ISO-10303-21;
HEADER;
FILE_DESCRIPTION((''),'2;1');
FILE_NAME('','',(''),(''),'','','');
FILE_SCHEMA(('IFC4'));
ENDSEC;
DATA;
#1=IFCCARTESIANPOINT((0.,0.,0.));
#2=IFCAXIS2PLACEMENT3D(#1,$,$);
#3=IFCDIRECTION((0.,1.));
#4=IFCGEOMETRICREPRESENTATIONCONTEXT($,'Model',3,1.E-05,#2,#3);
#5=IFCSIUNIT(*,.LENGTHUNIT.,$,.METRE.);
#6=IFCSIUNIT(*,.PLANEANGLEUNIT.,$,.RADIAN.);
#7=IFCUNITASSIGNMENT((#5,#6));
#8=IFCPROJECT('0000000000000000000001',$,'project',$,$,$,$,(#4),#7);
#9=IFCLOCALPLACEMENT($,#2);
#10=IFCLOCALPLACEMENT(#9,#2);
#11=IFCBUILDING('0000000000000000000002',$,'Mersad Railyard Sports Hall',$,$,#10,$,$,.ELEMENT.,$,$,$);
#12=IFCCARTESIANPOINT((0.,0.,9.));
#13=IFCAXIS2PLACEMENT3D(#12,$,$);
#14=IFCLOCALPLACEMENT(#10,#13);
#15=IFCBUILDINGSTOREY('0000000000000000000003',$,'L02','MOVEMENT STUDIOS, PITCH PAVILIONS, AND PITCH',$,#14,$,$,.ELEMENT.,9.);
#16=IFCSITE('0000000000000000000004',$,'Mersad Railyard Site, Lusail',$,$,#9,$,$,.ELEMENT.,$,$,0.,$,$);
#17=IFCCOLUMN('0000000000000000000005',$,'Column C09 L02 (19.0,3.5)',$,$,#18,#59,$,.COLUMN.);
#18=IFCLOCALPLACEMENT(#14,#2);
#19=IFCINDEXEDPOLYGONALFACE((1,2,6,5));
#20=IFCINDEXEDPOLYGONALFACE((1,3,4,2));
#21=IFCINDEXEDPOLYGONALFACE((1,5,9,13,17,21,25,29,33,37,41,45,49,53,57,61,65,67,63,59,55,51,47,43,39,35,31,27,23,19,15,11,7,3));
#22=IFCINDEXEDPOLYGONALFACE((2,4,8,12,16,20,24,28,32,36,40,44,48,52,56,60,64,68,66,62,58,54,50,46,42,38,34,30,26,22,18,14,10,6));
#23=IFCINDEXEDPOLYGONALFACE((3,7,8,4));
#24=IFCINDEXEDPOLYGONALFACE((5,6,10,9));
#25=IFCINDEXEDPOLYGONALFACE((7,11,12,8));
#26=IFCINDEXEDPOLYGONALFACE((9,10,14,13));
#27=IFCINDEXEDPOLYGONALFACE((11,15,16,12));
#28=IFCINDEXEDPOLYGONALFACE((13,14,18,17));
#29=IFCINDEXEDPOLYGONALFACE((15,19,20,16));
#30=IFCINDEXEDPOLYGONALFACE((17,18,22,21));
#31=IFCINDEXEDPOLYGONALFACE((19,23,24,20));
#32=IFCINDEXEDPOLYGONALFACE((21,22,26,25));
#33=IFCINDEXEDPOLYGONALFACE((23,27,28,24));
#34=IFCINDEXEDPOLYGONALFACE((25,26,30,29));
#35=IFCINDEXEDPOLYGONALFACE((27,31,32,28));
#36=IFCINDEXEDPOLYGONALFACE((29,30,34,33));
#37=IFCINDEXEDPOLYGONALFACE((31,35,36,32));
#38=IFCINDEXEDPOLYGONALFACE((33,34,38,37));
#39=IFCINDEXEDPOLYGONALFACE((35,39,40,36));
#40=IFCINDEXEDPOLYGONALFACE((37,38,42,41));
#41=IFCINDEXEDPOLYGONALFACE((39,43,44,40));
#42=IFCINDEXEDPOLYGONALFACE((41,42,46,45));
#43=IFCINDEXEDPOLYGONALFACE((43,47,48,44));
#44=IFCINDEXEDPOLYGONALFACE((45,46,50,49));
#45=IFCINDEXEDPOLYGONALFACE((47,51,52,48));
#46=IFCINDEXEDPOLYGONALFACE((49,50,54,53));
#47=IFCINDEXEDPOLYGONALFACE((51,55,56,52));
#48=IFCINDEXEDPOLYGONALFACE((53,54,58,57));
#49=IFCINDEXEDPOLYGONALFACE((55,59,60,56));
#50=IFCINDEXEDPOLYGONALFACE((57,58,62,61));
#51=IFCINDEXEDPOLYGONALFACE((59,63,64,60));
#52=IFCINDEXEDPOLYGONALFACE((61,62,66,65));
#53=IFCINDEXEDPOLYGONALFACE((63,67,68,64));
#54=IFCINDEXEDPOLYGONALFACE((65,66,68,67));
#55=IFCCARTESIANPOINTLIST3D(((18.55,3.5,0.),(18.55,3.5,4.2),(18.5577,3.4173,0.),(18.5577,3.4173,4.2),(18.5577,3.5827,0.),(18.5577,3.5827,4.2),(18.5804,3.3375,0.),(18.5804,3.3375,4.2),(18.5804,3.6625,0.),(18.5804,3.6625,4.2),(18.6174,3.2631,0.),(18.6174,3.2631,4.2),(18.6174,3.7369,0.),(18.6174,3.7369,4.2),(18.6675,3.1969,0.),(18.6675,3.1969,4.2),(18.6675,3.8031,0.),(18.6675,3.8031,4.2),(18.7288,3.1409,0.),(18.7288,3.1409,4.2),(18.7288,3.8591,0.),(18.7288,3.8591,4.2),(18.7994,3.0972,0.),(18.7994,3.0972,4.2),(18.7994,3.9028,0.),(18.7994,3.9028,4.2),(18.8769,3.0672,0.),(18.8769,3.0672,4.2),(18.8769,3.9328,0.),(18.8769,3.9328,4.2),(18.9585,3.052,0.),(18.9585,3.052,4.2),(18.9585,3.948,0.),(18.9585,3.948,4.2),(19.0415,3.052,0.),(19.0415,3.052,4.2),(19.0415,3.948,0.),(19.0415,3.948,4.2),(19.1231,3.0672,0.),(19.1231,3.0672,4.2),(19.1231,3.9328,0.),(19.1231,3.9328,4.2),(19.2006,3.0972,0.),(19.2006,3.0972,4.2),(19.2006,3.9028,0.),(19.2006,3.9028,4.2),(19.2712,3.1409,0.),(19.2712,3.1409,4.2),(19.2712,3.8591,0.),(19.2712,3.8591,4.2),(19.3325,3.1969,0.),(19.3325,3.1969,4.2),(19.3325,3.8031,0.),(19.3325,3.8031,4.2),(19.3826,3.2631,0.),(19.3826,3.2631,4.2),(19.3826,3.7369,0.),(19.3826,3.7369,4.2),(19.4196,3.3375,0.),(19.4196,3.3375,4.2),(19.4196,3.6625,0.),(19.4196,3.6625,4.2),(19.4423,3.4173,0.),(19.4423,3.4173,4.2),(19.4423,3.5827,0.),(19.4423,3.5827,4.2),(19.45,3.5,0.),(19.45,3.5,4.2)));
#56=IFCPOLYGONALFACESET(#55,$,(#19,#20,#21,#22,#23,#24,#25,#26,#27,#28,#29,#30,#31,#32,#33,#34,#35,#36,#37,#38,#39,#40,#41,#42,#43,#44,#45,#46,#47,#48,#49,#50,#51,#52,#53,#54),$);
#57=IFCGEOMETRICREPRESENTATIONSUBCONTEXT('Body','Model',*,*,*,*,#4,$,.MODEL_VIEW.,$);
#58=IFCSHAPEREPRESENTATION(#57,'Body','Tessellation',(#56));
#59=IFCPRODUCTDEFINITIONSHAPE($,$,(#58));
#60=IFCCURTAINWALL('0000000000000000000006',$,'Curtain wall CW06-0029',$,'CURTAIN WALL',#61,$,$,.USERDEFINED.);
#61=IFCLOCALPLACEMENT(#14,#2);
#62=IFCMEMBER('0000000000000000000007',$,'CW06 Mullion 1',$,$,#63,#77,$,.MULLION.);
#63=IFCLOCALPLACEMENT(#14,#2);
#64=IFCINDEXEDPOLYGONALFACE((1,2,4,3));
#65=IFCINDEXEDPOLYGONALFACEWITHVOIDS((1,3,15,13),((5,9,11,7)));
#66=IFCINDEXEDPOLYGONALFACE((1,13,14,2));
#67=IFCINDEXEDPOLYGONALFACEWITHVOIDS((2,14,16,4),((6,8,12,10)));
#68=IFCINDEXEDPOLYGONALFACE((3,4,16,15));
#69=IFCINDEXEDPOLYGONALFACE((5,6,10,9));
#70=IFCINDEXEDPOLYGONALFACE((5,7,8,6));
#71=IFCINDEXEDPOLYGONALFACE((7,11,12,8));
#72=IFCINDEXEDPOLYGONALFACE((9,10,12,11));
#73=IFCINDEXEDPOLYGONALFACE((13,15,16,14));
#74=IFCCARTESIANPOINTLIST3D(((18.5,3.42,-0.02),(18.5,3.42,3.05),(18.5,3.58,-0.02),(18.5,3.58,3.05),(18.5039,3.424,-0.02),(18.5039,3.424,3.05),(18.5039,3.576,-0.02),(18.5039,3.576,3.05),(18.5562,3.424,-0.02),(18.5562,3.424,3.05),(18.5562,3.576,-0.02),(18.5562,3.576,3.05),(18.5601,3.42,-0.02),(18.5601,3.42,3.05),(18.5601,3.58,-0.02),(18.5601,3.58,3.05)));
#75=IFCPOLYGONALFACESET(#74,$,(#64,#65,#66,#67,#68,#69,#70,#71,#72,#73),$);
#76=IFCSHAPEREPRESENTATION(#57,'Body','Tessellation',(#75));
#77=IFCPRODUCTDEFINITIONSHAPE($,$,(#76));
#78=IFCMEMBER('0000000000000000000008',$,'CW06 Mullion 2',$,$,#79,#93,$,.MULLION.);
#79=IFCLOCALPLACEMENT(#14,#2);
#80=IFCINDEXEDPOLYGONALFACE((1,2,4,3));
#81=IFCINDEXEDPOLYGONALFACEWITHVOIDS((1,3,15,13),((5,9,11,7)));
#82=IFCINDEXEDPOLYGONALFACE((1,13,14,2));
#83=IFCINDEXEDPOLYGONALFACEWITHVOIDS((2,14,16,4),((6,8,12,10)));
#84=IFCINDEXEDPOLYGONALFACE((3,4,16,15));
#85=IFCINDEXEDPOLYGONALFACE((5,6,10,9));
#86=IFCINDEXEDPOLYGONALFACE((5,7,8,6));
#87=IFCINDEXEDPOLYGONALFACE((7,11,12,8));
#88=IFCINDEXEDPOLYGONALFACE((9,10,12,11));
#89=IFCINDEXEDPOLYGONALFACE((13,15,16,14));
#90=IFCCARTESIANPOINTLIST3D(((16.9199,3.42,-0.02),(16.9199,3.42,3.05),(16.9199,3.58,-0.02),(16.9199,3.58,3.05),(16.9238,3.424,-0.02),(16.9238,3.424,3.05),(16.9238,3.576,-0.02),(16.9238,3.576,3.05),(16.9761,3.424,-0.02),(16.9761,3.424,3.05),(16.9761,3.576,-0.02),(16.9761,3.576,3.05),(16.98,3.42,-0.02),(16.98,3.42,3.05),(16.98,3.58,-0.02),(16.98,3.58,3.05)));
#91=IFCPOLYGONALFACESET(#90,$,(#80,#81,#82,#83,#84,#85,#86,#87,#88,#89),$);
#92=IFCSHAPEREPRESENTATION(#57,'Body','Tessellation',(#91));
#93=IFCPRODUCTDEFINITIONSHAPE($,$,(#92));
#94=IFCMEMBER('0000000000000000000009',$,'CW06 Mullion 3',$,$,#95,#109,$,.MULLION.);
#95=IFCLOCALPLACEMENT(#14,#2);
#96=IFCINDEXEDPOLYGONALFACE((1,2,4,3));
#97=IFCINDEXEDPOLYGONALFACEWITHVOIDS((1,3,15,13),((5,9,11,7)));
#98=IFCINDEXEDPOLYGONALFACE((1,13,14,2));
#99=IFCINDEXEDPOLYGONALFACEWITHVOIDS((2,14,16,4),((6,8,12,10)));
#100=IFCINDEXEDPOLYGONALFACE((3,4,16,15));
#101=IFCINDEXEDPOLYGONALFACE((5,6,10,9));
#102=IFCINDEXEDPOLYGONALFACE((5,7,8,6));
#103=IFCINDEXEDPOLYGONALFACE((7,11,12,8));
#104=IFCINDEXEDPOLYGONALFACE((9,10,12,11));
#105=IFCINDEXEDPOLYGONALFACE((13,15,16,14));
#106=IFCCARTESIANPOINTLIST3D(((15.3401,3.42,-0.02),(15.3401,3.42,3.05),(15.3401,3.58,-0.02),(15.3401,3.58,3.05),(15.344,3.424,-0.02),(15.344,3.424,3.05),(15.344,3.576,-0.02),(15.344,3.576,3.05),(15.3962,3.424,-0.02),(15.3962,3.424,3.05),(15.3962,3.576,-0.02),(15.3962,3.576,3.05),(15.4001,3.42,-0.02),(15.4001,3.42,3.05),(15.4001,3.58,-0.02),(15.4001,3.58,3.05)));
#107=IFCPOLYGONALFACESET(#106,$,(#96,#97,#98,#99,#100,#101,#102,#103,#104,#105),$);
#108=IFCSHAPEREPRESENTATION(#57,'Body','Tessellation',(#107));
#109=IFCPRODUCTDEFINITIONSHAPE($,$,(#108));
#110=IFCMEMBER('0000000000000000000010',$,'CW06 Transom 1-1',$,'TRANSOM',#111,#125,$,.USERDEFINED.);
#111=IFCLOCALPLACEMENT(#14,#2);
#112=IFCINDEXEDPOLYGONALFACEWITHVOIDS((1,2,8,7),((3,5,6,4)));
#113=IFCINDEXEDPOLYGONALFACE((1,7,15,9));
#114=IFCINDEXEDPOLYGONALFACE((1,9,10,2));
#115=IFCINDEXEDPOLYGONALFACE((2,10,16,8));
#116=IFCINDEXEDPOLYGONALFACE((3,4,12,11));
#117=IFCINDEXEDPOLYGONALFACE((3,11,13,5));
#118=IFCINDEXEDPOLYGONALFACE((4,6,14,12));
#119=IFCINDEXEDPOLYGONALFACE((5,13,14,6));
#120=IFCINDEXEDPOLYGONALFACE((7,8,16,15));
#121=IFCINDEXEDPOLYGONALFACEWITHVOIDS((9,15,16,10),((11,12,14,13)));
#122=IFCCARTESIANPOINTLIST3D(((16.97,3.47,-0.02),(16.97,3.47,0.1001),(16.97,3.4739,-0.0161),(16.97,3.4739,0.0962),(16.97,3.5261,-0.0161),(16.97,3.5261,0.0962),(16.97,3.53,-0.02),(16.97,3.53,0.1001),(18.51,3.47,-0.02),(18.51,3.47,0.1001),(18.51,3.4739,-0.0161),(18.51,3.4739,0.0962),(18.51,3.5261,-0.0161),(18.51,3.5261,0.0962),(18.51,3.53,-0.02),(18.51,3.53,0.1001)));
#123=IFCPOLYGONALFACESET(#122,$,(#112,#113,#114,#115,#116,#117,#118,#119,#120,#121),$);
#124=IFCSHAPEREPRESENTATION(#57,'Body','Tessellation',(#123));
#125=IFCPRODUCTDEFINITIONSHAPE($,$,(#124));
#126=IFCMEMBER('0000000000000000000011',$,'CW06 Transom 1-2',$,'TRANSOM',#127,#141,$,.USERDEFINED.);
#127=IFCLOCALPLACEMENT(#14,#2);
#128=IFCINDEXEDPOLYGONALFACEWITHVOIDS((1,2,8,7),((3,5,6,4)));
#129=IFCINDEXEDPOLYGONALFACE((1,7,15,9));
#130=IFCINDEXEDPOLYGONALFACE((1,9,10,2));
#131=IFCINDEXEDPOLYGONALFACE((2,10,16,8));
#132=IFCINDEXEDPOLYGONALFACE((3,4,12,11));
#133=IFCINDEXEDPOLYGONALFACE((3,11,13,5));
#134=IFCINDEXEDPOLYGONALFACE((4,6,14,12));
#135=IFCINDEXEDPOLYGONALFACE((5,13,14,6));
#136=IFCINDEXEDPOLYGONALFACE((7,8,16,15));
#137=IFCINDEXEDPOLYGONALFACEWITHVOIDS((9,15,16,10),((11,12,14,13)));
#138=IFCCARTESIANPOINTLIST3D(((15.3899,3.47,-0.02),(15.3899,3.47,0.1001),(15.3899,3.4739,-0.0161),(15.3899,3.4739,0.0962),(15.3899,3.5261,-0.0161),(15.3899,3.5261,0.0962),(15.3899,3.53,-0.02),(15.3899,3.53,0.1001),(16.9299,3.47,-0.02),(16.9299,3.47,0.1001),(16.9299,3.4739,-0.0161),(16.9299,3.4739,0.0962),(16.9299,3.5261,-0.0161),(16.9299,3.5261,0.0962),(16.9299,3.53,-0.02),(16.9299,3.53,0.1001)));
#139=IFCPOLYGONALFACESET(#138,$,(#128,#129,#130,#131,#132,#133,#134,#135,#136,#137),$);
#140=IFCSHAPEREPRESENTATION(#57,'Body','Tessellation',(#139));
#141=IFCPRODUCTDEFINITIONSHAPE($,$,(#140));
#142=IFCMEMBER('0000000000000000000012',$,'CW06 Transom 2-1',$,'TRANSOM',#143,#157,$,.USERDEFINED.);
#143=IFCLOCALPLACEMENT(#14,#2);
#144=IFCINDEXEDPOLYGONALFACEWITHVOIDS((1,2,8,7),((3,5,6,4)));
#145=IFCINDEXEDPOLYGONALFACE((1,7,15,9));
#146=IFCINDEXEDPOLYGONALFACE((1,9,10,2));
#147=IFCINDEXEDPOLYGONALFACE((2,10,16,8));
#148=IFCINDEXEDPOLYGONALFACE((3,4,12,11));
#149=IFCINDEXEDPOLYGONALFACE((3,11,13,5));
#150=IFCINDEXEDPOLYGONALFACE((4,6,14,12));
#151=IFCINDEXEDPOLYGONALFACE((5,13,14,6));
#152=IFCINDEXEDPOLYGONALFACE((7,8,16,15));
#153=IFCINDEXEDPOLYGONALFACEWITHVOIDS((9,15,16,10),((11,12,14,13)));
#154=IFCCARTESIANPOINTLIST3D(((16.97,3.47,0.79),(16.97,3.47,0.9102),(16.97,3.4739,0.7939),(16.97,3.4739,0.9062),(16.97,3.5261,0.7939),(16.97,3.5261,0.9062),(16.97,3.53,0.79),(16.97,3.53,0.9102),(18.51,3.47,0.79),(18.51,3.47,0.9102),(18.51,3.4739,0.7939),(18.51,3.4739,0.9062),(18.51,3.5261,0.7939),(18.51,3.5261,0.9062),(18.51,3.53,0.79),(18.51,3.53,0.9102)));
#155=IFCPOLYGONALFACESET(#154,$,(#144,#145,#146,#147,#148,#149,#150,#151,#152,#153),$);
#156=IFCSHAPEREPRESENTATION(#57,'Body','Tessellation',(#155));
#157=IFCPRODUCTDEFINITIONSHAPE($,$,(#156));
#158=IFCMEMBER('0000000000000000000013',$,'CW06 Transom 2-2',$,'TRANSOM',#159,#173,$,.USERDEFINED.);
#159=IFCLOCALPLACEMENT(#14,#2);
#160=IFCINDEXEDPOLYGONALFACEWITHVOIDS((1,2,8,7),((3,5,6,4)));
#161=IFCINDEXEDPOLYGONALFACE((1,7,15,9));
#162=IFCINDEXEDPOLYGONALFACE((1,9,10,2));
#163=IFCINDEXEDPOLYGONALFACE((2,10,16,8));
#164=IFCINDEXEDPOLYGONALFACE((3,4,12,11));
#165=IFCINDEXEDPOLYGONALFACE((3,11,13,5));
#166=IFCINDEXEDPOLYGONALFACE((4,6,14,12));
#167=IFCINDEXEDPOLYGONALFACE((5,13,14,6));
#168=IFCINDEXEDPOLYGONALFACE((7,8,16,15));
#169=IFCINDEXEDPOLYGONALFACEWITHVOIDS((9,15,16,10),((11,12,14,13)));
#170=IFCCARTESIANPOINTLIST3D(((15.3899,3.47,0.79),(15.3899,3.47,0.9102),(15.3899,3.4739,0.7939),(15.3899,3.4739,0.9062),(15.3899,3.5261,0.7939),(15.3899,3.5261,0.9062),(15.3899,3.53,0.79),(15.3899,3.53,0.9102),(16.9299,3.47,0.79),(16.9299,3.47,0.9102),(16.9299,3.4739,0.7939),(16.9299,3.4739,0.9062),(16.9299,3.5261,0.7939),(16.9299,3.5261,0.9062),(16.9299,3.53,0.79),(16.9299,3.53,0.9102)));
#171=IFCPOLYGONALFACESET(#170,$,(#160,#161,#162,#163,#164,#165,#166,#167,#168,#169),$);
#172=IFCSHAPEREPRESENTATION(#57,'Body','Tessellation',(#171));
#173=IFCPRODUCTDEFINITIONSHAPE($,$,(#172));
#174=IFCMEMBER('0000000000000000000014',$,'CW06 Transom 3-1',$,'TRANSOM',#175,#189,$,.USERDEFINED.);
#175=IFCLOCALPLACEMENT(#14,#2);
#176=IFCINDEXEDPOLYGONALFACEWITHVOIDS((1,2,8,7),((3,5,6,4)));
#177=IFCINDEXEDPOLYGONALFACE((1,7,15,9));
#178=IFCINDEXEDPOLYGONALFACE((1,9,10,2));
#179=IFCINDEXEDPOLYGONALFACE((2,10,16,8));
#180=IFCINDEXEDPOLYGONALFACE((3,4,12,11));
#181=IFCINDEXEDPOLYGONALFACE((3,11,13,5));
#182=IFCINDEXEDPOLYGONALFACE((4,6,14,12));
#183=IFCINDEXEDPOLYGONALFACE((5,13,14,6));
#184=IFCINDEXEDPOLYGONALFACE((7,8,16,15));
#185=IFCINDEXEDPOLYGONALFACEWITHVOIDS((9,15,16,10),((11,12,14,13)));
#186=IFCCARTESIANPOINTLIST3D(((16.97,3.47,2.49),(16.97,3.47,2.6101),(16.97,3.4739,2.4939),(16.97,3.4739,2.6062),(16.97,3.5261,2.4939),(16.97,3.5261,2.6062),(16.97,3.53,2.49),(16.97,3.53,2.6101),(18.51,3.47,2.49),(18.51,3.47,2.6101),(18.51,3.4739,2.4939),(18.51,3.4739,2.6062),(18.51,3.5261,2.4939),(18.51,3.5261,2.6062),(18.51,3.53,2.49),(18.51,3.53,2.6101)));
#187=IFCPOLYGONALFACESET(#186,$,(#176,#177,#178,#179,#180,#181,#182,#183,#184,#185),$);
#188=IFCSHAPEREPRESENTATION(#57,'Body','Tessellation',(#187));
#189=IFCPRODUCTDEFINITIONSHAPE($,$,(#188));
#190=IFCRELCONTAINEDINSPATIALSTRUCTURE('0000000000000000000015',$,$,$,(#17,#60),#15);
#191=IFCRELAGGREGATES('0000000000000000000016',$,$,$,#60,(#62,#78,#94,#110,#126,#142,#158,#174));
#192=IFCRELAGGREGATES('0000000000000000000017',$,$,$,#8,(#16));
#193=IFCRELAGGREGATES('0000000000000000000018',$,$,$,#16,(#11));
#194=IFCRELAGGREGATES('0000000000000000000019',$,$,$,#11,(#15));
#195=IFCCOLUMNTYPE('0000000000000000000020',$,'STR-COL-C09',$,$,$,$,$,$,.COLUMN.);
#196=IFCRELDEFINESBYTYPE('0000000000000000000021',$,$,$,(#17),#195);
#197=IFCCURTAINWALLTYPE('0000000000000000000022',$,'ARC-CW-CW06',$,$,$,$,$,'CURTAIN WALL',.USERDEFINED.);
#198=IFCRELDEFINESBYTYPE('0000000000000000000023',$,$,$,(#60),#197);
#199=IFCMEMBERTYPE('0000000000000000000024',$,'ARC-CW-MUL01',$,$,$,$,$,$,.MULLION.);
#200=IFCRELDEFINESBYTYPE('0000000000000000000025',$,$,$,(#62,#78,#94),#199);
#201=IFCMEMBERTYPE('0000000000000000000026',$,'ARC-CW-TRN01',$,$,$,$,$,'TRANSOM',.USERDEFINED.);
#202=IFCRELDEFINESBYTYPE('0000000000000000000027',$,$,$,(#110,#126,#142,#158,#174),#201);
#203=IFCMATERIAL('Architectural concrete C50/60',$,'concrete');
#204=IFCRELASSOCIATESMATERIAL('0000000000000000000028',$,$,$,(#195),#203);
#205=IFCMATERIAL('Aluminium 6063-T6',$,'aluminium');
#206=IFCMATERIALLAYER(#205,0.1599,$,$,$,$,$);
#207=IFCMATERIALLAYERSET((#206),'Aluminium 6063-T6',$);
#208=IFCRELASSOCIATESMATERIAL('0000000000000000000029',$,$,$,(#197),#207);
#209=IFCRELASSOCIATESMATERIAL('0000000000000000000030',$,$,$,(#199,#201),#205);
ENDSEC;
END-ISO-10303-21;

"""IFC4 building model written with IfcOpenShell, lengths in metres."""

from ifc_helpers import new_model, si_unit, direction, frame, origin, origin_2d, place, context, subcontext, project, spatial, hollow_rectangle, circle, extrude, material, layer, layer_set, material_profile, profile_set, type_object, element, aggregate, save


model = new_model("IFC4")

# Units and contexts
model_context = context("Model", 3, precision=1e-05, world=origin(), true_north=direction((0.0, 1.0)))
body_context = subcontext(model_context, "Body", "Model", "MODEL_VIEW")
ifc_project = project(units=[si_unit("LENGTHUNIT", "METRE"), si_unit("PLANEANGLEUNIT", "RADIAN")], contexts=[model_context])

# Site, building, storey
site_placement = place(None, origin())
site = spatial("IfcSite", under=ifc_project, at=site_placement, Name="Mersad Railyard Site, Lusail", CompositionType="ELEMENT", RefElevation=0.0)
building_placement = place(site_placement, origin())
building = spatial("IfcBuilding", under=site, at=building_placement, Name="Mersad Railyard Sports Hall", CompositionType="ELEMENT")
storey_placement = place(building_placement, frame((0.0, 0.0, 9.0)))
storey = spatial("IfcBuildingStorey", under=building, at=storey_placement, Name="L02", Description="MOVEMENT STUDIOS, PITCH PAVILIONS, AND PITCH", CompositionType="ELEMENT", Elevation=9.0)

# Column
ifc_material_1 = material(Name="Architectural concrete C50/60", Category="concrete")
ifc_material_profile_1 = material_profile(ifc_material_1, circle(Radius=0.45, at=origin_2d()), Name="RC D900")
ifc_profile_set_1 = profile_set([ifc_material_profile_1], Name="Architectural concrete C50/60")
column_type = type_object("IfcColumnType", Name="STR-COL-C09", PredefinedType="COLUMN", material=ifc_profile_set_1)
column_placement = place(storey_placement, frame((19.0, 3.5, 0.0), z_axis=(0.0, 0.0, 1.0), x_axis=(1.0, 0.0, 0.0)))
element("IfcColumn", 1, at=column_placement, inside=storey, type_object=column_type, Name="Column C09 L02 (19.0,3.5)", PredefinedType="COLUMN", context=body_context, shape_type="SweptSolid", body=[
    extrude(circle(Radius=0.45, at=origin_2d()), origin(), (0.0, 0.0, 1.0), 4.2),
])

# Curtain wall, members
ifc_material_2 = material(Name="Aluminium 6063-T6", Category="aluminium")
ifc_layer_1 = layer(ifc_material_2, 0.1599)
ifc_layer_set_1 = layer_set([ifc_layer_1], Name="Aluminium 6063-T6")
curtain_wall_type = type_object("IfcCurtainWallType", Name="ARC-CW-CW06", ElementType="CURTAIN WALL", PredefinedType="USERDEFINED", material=ifc_layer_set_1)
curtain_wall_placement = place(storey_placement, origin())
curtain_wall = element("IfcCurtainWall", 2, at=curtain_wall_placement, inside=storey, type_object=curtain_wall_type, Name="Curtain wall CW06-0029", ObjectType="CURTAIN WALL", PredefinedType="USERDEFINED")
ifc_material_profile_2 = material_profile(ifc_material_2, hollow_rectangle(XDim=0.0601, YDim=0.1599, WallThickness=0.0039, at=origin_2d()), Name="AL MULLION 60x160x4")
ifc_profile_set_2 = profile_set([ifc_material_profile_2], Name="Aluminium 6063-T6")
member_type_1 = type_object("IfcMemberType", Name="ARC-CW-MUL01", PredefinedType="MULLION", material=ifc_profile_set_2)
member_1_placement = place(storey_placement, frame((18.53, 3.5, -0.02), z_axis=(0.0, 0.0, 1.0), x_axis=(1.0, 0.0, 0.0)))
member_1 = element("IfcMember", 3, at=member_1_placement, type_object=member_type_1, Name="CW06 Mullion 1", PredefinedType="MULLION", context=body_context, shape_type="SweptSolid", body=[
    extrude(hollow_rectangle(XDim=0.0601, YDim=0.1599, WallThickness=0.0039, at=origin_2d()), origin(), (0.0, 0.0, 1.0), 3.0701),
])
member_2_placement = place(storey_placement, frame((16.95, 3.5, -0.02), z_axis=(0.0, 0.0, 1.0), x_axis=(1.0, 0.0, 0.0)))
member_2 = element("IfcMember", 4, at=member_2_placement, type_object=member_type_1, Name="CW06 Mullion 2", PredefinedType="MULLION", context=body_context, shape_type="SweptSolid", body=[
    extrude(hollow_rectangle(XDim=0.0601, YDim=0.1599, WallThickness=0.0039, at=origin_2d()), origin(), (0.0, 0.0, 1.0), 3.0701),
])
member_3_placement = place(storey_placement, frame((15.3701, 3.5, -0.02), z_axis=(0.0, 0.0, 1.0), x_axis=(1.0, 0.0, 0.0)))
member_3 = element("IfcMember", 5, at=member_3_placement, type_object=member_type_1, Name="CW06 Mullion 3", PredefinedType="MULLION", context=body_context, shape_type="SweptSolid", body=[
    extrude(hollow_rectangle(XDim=0.0601, YDim=0.1599, WallThickness=0.0039, at=origin_2d()), origin(), (0.0, 0.0, 1.0), 3.0701),
])
ifc_material_profile_3 = material_profile(ifc_material_2, hollow_rectangle(XDim=0.0601, YDim=0.1201, WallThickness=0.0039, at=origin_2d()), Name="AL TRANSOM 60x120x4")
ifc_profile_set_3 = profile_set([ifc_material_profile_3], Name="Aluminium 6063-T6")
member_type_2 = type_object("IfcMemberType", Name="ARC-CW-TRN01", ElementType="TRANSOM", PredefinedType="USERDEFINED", material=ifc_profile_set_3)
member_4_placement = place(storey_placement, frame((18.51, 3.5, 0.04), z_axis=(-1.0, 0.0, 0.0), x_axis=(0.0, -1.0, 0.0)))
member_4 = element("IfcMember", 6, at=member_4_placement, type_object=member_type_2, Name="CW06 Transom 1-1", ObjectType="TRANSOM", PredefinedType="USERDEFINED", context=body_context, shape_type="SweptSolid", body=[
    extrude(hollow_rectangle(XDim=0.0601, YDim=0.1201, WallThickness=0.0039, at=origin_2d()), origin(), (0.0, 0.0, 1.0), 1.54),
])
member_5_placement = place(storey_placement, frame((16.9299, 3.5, 0.04), z_axis=(-1.0, 0.0, 0.0), x_axis=(0.0, -1.0, 0.0)))
member_5 = element("IfcMember", 7, at=member_5_placement, type_object=member_type_2, Name="CW06 Transom 1-2", ObjectType="TRANSOM", PredefinedType="USERDEFINED", context=body_context, shape_type="SweptSolid", body=[
    extrude(hollow_rectangle(XDim=0.0601, YDim=0.1201, WallThickness=0.0039, at=origin_2d()), origin(), (0.0, 0.0, 1.0), 1.54),
])
member_6_placement = place(storey_placement, frame((18.51, 3.5, 0.8501), z_axis=(-1.0, 0.0, 0.0), x_axis=(0.0, -1.0, 0.0)))
member_6 = element("IfcMember", 8, at=member_6_placement, type_object=member_type_2, Name="CW06 Transom 2-1", ObjectType="TRANSOM", PredefinedType="USERDEFINED", context=body_context, shape_type="SweptSolid", body=[
    extrude(hollow_rectangle(XDim=0.0601, YDim=0.1201, WallThickness=0.0039, at=origin_2d()), origin(), (0.0, 0.0, 1.0), 1.54),
])
member_7_placement = place(storey_placement, frame((16.9299, 3.5, 0.8501), z_axis=(-1.0, 0.0, 0.0), x_axis=(0.0, -1.0, 0.0)))
member_7 = element("IfcMember", 9, at=member_7_placement, type_object=member_type_2, Name="CW06 Transom 2-2", ObjectType="TRANSOM", PredefinedType="USERDEFINED", context=body_context, shape_type="SweptSolid", body=[
    extrude(hollow_rectangle(XDim=0.0601, YDim=0.1201, WallThickness=0.0039, at=origin_2d()), origin(), (0.0, 0.0, 1.0), 1.54),
])
member_8_placement = place(storey_placement, frame((18.51, 3.5, 2.55), z_axis=(-1.0, 0.0, 0.0), x_axis=(0.0, -1.0, 0.0)))
member_8 = element("IfcMember", 10, at=member_8_placement, type_object=member_type_2, Name="CW06 Transom 3-1", ObjectType="TRANSOM", PredefinedType="USERDEFINED", context=body_context, shape_type="SweptSolid", body=[
    extrude(hollow_rectangle(XDim=0.0601, YDim=0.1201, WallThickness=0.0039, at=origin_2d()), origin(), (0.0, 0.0, 1.0), 1.54),
])

aggregate(curtain_wall, [member_1, member_2, member_3, member_4, member_5, member_6, member_7, member_8])

save(model, "model.ifc")
